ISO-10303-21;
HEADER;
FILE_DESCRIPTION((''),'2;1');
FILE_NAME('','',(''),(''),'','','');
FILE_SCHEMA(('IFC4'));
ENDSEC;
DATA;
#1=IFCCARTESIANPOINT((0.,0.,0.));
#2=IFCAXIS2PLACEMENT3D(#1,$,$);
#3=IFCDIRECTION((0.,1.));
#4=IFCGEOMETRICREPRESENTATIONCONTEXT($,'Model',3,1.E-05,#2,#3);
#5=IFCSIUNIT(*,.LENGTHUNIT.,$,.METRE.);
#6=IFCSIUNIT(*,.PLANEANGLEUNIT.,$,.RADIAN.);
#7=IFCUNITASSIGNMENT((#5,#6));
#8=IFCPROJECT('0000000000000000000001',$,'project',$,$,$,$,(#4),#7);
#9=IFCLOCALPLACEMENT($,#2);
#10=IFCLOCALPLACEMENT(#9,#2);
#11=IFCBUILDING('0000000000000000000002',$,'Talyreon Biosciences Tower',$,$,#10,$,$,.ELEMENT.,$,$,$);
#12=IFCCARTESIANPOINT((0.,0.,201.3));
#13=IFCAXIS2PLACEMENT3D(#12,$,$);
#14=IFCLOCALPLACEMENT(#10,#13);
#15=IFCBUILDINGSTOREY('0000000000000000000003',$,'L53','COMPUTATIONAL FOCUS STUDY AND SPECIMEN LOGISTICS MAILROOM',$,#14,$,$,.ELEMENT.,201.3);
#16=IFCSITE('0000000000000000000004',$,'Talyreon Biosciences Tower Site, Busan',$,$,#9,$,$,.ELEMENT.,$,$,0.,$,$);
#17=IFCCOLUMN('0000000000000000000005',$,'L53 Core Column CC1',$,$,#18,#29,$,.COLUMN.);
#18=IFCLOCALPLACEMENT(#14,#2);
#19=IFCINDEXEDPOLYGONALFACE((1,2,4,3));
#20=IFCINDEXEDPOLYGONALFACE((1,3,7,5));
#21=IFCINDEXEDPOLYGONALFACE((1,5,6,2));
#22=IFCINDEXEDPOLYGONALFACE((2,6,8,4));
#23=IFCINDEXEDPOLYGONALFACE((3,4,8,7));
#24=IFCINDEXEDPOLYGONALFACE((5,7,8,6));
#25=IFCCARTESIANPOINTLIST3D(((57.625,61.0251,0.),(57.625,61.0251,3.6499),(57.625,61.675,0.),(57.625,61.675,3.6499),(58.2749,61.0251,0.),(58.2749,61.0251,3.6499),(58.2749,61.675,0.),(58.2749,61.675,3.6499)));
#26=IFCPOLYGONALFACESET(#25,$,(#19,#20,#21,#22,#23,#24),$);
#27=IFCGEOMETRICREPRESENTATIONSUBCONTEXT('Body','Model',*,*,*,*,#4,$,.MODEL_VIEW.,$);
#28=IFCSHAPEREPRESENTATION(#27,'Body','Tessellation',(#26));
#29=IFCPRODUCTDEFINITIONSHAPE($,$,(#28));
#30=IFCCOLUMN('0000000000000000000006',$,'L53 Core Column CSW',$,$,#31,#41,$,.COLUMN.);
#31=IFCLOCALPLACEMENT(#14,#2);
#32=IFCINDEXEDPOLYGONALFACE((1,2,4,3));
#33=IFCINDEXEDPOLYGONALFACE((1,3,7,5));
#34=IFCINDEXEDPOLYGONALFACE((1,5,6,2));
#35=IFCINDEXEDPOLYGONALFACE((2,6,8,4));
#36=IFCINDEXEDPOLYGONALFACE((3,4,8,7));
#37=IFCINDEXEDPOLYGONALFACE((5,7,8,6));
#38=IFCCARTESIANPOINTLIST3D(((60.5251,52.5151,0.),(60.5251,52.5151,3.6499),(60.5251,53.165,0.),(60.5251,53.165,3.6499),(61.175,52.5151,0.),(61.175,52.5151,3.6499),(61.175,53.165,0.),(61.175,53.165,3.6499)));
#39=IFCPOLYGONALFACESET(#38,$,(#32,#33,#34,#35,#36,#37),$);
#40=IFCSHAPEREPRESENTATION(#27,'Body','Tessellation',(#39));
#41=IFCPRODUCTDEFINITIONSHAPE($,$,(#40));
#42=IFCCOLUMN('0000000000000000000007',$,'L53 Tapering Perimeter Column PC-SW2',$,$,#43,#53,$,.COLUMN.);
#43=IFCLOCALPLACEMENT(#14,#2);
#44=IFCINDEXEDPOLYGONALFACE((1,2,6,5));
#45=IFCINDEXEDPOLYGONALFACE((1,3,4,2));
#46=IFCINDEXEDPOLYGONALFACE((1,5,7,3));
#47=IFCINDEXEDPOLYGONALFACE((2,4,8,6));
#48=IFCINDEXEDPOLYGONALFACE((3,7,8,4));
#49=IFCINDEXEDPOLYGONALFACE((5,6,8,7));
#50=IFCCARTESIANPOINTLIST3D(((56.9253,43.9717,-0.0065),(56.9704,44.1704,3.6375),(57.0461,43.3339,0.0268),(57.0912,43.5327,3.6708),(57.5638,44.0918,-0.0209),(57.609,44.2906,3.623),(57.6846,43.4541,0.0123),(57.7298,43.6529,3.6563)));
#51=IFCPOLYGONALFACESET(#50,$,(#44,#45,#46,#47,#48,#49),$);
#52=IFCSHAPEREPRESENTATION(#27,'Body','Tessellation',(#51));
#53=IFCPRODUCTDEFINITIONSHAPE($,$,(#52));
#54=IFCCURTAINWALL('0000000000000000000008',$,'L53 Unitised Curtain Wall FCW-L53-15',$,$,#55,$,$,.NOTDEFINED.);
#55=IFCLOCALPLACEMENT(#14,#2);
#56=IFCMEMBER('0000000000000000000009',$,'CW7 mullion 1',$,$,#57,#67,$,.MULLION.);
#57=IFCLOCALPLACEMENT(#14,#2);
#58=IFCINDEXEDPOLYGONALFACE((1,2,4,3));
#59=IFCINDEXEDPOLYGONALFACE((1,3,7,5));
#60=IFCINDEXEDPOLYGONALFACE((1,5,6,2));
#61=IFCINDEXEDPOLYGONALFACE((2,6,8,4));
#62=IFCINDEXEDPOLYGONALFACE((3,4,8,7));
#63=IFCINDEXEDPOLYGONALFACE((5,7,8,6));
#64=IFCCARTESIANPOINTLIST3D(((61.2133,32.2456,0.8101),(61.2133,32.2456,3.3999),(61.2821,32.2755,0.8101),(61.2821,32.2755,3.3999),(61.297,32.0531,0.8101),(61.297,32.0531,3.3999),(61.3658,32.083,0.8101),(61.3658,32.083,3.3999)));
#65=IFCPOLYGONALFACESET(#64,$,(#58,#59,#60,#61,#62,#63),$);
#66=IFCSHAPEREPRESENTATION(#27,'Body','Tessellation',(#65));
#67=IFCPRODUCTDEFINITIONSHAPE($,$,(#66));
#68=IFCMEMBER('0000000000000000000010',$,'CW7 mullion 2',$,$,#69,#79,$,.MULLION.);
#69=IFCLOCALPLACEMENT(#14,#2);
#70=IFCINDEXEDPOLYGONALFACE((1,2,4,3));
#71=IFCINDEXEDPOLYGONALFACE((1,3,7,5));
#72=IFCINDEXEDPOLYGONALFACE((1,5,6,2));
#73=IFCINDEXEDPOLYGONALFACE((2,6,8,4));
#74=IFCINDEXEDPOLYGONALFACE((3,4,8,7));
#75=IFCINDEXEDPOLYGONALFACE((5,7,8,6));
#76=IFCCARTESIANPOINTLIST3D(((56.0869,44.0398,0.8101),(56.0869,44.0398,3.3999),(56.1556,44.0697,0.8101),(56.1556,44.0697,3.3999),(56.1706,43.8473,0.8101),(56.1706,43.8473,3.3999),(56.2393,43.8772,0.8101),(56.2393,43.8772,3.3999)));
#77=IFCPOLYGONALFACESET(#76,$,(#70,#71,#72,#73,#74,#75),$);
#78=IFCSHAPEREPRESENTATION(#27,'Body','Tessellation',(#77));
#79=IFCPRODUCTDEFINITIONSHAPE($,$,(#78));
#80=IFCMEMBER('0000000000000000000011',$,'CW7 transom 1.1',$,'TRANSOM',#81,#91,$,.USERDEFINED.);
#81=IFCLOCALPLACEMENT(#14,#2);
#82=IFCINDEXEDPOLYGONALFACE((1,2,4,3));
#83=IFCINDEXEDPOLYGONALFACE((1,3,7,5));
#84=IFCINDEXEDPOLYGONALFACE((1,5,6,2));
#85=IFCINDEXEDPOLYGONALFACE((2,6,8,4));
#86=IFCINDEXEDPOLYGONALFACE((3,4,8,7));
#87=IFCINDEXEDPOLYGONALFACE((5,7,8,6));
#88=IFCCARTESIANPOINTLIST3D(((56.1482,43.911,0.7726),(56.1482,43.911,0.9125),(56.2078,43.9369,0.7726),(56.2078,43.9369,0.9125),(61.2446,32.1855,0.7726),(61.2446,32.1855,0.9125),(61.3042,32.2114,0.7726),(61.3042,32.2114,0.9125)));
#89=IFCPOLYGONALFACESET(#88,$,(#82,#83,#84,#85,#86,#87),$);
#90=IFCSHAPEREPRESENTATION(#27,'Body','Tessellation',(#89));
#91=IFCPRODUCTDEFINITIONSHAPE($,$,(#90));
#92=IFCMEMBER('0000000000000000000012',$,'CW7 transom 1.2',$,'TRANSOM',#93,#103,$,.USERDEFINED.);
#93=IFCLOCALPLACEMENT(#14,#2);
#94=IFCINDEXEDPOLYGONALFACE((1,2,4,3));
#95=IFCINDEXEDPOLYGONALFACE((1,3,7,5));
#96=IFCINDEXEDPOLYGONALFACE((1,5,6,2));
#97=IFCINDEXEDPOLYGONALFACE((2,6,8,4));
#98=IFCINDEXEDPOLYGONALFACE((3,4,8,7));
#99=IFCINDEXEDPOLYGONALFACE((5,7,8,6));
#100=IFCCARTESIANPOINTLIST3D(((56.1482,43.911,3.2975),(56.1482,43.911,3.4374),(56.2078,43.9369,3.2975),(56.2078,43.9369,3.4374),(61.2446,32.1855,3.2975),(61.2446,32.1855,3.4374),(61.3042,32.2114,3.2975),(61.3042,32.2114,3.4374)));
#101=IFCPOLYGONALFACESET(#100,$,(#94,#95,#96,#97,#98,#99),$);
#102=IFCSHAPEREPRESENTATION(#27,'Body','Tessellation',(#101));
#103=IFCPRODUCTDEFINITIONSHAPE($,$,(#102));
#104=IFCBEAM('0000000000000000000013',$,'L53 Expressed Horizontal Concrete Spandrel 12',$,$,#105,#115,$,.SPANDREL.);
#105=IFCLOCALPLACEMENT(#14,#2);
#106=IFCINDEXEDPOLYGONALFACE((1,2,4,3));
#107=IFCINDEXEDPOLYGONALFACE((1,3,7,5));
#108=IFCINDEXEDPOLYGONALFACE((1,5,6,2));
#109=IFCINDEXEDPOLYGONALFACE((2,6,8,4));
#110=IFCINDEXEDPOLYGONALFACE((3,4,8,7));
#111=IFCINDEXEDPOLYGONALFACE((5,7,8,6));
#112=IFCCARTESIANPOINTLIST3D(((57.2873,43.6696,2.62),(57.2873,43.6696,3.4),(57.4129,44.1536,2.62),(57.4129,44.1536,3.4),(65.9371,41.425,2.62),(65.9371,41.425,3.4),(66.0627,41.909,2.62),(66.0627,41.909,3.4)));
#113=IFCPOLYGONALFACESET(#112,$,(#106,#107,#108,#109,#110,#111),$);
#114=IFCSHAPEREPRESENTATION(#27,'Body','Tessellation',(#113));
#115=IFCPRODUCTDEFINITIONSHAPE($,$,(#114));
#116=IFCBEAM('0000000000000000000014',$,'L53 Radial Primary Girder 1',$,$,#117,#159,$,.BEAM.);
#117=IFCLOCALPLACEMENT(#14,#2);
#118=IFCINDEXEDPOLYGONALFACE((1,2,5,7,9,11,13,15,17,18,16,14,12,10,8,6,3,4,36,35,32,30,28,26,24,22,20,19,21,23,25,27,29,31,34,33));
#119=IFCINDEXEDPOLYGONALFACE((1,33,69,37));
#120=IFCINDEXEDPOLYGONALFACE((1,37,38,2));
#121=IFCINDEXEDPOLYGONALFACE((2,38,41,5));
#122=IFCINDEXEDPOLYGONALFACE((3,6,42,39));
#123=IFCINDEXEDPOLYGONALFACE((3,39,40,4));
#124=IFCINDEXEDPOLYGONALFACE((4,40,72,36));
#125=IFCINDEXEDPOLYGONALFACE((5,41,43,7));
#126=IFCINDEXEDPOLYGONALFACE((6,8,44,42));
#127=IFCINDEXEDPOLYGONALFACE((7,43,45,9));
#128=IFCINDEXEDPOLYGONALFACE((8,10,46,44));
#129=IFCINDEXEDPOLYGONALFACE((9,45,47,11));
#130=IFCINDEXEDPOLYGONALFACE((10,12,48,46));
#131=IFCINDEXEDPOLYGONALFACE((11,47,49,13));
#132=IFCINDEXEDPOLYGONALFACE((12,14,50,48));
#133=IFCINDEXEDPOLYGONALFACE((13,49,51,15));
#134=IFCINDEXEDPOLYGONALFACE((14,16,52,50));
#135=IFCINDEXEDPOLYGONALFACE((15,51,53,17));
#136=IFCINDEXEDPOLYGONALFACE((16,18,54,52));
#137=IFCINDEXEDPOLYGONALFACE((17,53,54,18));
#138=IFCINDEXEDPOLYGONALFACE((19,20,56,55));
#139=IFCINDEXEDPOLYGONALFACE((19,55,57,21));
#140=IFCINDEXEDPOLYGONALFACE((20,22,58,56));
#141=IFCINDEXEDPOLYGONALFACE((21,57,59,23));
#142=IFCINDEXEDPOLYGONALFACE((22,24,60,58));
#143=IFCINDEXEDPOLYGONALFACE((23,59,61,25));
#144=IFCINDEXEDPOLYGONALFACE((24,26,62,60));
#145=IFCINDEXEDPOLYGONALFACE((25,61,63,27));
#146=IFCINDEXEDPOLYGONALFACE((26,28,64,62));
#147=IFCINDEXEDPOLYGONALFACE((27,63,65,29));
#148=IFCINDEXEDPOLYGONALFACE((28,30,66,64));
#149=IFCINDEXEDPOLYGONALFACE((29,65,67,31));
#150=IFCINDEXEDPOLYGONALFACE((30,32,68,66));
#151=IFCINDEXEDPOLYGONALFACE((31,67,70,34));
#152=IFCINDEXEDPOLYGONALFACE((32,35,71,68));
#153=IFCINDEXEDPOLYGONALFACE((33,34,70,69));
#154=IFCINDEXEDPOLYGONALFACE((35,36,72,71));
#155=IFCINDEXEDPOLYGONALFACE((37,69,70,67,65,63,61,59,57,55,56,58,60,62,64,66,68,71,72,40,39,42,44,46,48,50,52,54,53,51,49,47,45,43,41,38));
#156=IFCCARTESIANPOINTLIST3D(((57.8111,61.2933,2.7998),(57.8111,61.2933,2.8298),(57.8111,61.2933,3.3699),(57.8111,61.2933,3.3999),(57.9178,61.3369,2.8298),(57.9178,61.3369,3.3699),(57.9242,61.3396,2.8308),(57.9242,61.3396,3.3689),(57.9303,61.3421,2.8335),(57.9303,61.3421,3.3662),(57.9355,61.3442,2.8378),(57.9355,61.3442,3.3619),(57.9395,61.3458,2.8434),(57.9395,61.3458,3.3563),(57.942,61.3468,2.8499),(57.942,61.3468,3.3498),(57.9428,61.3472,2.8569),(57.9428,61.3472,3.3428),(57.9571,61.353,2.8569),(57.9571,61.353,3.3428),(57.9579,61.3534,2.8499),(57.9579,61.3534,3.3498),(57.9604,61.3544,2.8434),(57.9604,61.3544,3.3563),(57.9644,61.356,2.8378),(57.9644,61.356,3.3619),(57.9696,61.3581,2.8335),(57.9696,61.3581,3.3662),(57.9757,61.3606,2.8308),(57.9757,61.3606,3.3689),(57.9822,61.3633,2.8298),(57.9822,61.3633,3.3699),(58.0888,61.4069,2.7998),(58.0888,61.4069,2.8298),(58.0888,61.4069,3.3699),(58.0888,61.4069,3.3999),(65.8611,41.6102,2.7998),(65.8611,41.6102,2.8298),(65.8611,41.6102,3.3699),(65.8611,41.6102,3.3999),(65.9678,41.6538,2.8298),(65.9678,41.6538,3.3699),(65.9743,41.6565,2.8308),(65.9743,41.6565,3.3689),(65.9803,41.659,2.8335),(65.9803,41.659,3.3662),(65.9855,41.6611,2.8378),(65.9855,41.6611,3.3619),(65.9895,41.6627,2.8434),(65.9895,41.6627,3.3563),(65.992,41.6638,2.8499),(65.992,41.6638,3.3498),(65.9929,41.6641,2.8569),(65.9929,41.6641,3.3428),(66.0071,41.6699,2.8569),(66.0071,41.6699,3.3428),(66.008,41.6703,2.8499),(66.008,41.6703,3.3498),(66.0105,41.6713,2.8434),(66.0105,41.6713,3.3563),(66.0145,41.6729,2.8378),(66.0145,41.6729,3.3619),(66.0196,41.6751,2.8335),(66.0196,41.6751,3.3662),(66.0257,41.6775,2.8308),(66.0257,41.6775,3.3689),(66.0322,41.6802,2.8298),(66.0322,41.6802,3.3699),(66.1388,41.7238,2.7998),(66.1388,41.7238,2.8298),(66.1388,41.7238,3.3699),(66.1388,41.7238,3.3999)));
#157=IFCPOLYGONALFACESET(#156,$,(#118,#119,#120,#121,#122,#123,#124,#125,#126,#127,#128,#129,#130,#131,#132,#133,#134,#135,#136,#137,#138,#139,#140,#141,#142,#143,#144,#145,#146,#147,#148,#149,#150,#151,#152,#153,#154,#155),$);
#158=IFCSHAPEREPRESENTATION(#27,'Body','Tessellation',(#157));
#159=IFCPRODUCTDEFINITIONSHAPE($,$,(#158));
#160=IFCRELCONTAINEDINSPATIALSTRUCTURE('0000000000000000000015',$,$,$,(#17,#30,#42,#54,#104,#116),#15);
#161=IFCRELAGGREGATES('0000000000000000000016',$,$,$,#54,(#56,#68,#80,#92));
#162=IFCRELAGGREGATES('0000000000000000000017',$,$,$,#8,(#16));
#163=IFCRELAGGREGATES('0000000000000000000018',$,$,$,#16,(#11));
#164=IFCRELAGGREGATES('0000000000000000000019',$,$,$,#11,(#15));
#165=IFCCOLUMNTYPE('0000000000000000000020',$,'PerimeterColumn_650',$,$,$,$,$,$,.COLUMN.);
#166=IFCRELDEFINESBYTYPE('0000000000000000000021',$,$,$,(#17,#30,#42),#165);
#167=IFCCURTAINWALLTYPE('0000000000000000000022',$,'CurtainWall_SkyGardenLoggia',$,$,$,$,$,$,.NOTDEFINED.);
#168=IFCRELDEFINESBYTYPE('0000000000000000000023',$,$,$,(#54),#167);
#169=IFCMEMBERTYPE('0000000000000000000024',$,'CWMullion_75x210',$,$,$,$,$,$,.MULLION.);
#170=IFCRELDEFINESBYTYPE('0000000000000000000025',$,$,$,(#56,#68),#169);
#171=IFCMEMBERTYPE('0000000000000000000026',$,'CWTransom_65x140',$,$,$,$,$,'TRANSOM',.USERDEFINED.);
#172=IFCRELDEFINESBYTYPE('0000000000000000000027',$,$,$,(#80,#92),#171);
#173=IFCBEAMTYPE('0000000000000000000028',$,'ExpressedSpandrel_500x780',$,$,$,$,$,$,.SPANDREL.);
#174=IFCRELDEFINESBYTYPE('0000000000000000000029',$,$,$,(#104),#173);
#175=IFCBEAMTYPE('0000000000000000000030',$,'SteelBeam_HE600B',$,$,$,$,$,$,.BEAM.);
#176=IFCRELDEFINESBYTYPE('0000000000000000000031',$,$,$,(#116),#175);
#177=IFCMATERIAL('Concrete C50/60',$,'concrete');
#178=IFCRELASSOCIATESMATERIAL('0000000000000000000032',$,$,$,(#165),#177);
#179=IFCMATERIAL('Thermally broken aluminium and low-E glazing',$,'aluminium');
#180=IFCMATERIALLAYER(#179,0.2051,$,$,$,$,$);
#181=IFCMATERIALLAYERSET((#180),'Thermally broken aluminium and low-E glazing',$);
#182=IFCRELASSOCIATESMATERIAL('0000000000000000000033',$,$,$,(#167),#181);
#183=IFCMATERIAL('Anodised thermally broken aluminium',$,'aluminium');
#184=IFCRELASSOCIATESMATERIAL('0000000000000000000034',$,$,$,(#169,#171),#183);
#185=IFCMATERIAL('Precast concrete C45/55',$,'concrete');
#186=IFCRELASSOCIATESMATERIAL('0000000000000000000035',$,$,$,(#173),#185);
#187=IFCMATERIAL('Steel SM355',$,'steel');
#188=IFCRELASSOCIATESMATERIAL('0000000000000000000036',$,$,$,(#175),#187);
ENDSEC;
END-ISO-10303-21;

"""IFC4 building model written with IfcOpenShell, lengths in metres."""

from ifc_helpers import new_model, si_unit, direction, frame, origin, origin_2d, place, context, subcontext, project, spatial, rectangle, i_section, extrude, material, layer, layer_set, material_profile, profile_set, type_object, element, aggregate, save


model = new_model("IFC4")

# Units and contexts
model_context = context("Model", 3, precision=1e-05, world=origin(), true_north=direction((0.0, 1.0)))
body_context = subcontext(model_context, "Body", "Model", "MODEL_VIEW")
ifc_project = project(units=[si_unit("LENGTHUNIT", "METRE"), si_unit("PLANEANGLEUNIT", "RADIAN")], contexts=[model_context])

# Site, building, storey
site_placement = place(None, origin())
site = spatial("IfcSite", under=ifc_project, at=site_placement, Name="Talyreon Biosciences Tower Site, Busan", CompositionType="ELEMENT", RefElevation=0.0)
building_placement = place(site_placement, origin())
building = spatial("IfcBuilding", under=site, at=building_placement, Name="Talyreon Biosciences Tower", CompositionType="ELEMENT")
storey_placement = place(building_placement, frame((0.0, 0.0, 201.3)))
storey = spatial("IfcBuildingStorey", under=building, at=storey_placement, Name="L53", Description="COMPUTATIONAL FOCUS STUDY AND SPECIMEN LOGISTICS MAILROOM", CompositionType="ELEMENT", Elevation=201.3)

# Columns
ifc_material_1 = material(Name="Concrete C50/60", Category="concrete")
ifc_material_profile_1 = material_profile(ifc_material_1, rectangle(XDim=0.6499, YDim=0.6499, at=origin_2d()), Name="RC 650x650")
ifc_profile_set_1 = profile_set([ifc_material_profile_1], Name="Concrete C50/60")
column_type = type_object("IfcColumnType", Name="PerimeterColumn_650", PredefinedType="COLUMN", material=ifc_profile_set_1)
for number, where, z_axis, x_axis, name in (
    (1, (57.95, 61.3501, 0.0), (0.0, 0.0, 1.0), (1.0, 0.0, 0.0), "L53 Core Column CC1"),
    (2, (60.8501, 52.8401, 0.0), (0.0, 0.0, 1.0), (1.0, 0.0, 0.0), "L53 Core Column CSW"),
):
    element("IfcColumn", number, at=place(storey_placement, frame(where, z_axis=z_axis, x_axis=x_axis)), inside=storey, type_object=column_type, Name=name, PredefinedType="COLUMN", context=body_context, shape_type="SweptSolid", body=[
        extrude(rectangle(XDim=0.6499, YDim=0.6499, at=origin_2d()), origin(), (0.0, 0.0, 1.0), 3.6499),
    ])
column_placement = place(storey_placement, frame((57.3049, 43.7129, 0.0029), z_axis=(0.012375, 0.054451, 0.99844), x_axis=(-0.185859, 0.981241, -0.051209)))
element("IfcColumn", 3, at=column_placement, inside=storey, type_object=column_type, Name="L53 Tapering Perimeter Column PC-SW2", PredefinedType="COLUMN", context=body_context, shape_type="SweptSolid", body=[
    extrude(rectangle(XDim=0.6499, YDim=0.6499, at=origin_2d()), origin(), (0.0, 0.0, 1.0), 3.6497),
])

# Curtain wall, members
ifc_material_2 = material(Name="Thermally broken aluminium and low-E glazing", Category="aluminium")
ifc_layer_1 = layer(ifc_material_2, 0.2051)
ifc_layer_set_1 = layer_set([ifc_layer_1], Name="Thermally broken aluminium and low-E glazing")
curtain_wall_type = type_object("IfcCurtainWallType", Name="CurtainWall_SkyGardenLoggia", PredefinedType="NOTDEFINED", material=ifc_layer_set_1)
curtain_wall_placement = place(storey_placement, origin())
curtain_wall = element("IfcCurtainWall", 4, at=curtain_wall_placement, inside=storey, type_object=curtain_wall_type, Name="L53 Unitised Curtain Wall FCW-L53-15", PredefinedType="NOTDEFINED")
ifc_material_3 = material(Name="Anodised thermally broken aluminium", Category="aluminium")
ifc_material_profile_2 = material_profile(ifc_material_3, rectangle(XDim=0.075, YDim=0.21, at=origin_2d()), Name="ALUM MULLION 75x210")
ifc_profile_set_2 = profile_set([ifc_material_profile_2], Name="Anodised thermally broken aluminium")
member_type_1 = type_object("IfcMemberType", Name="CWMullion_75x210", PredefinedType="MULLION", material=ifc_profile_set_2)
member_1_placement = place(storey_placement, frame((61.2896, 32.1643, 0.8101), z_axis=(0.0, 0.0, 1.0), x_axis=(-0.917113, -0.398626, 0.0)))
member_1 = element("IfcMember", 5, at=member_1_placement, type_object=member_type_1, Name="CW7 mullion 1", PredefinedType="MULLION", context=body_context, shape_type="SweptSolid", body=[
    extrude(rectangle(XDim=0.075, YDim=0.21, at=origin_2d()), origin(), (0.0, 0.0, 1.0), 2.5898),
])
member_2_placement = place(storey_placement, frame((56.1631, 43.9585, 0.8101), z_axis=(0.0, 0.0, 1.0), x_axis=(-0.917113, -0.398626, 0.0)))
member_2 = element("IfcMember", 6, at=member_2_placement, type_object=member_type_1, Name="CW7 mullion 2", PredefinedType="MULLION", context=body_context, shape_type="SweptSolid", body=[
    extrude(rectangle(XDim=0.075, YDim=0.21, at=origin_2d()), origin(), (0.0, 0.0, 1.0), 2.5898),
])
ifc_material_profile_3 = material_profile(ifc_material_3, rectangle(XDim=0.0649, YDim=0.1399, at=origin_2d()), Name="ALUM TRANSOM 65x140")
ifc_profile_set_3 = profile_set([ifc_material_profile_3], Name="Anodised thermally broken aluminium")
member_type_2 = type_object("IfcMemberType", Name="CWTransom_65x140", ElementType="TRANSOM", PredefinedType="USERDEFINED", material=ifc_profile_set_3)
member_3_placement = place(storey_placement, frame((61.2744, 32.1985, 0.8425), z_axis=(-0.398618, 0.917117, 0.0), x_axis=(-0.917117, -0.398618, 0.0)))
member_3 = element("IfcMember", 7, at=member_3_placement, type_object=member_type_2, Name="CW7 transom 1.1", ObjectType="TRANSOM", PredefinedType="USERDEFINED", context=body_context, shape_type="SweptSolid", body=[
    extrude(rectangle(XDim=0.0649, YDim=0.1399, at=origin_2d()), origin(), (0.0, 0.0, 1.0), 12.7852),
])
member_4_placement = place(storey_placement, frame((61.2744, 32.1985, 3.3674), z_axis=(-0.398618, 0.917117, 0.0), x_axis=(-0.917117, -0.398618, 0.0)))
member_4 = element("IfcMember", 8, at=member_4_placement, type_object=member_type_2, Name="CW7 transom 1.2", ObjectType="TRANSOM", PredefinedType="USERDEFINED", context=body_context, shape_type="SweptSolid", body=[
    extrude(rectangle(XDim=0.0649, YDim=0.1399, at=origin_2d()), origin(), (0.0, 0.0, 1.0), 12.7852),
])

# Beams
ifc_material_4 = material(Name="Precast concrete C45/55", Category="concrete")
ifc_material_profile_4 = material_profile(ifc_material_4, rectangle(XDim=0.5, YDim=0.78, at=origin_2d()), Name="RCB 500x780")
ifc_profile_set_4 = profile_set([ifc_material_profile_4], Name="Precast concrete C45/55")
beam_type_1 = type_object("IfcBeamType", Name="ExpressedSpandrel_500x780", PredefinedType="SPANDREL", material=ifc_profile_set_4)
beam_1_placement = place(storey_placement, frame((57.3501, 43.9116, 3.01), z_axis=(0.967941, -0.251178, 0.0), x_axis=(0.251178, 0.967941, 0.0)))
element("IfcBeam", 9, at=beam_1_placement, inside=storey, type_object=beam_type_1, Name="L53 Expressed Horizontal Concrete Spandrel 12", PredefinedType="SPANDREL", context=body_context, shape_type="SweptSolid", body=[
    extrude(rectangle(XDim=0.5, YDim=0.78, at=origin_2d()), origin(), (0.0, 0.0, 1.0), 8.9363),
])
ifc_material_5 = material(Name="Steel SM355", Category="steel")
ifc_material_profile_5 = material_profile(ifc_material_5, i_section(OverallWidth=0.3, OverallDepth=0.6001, WebThickness=0.0154, FlangeThickness=0.03, FilletRadius=0.0271, at=origin_2d()), Name="HE600B")
ifc_profile_set_5 = profile_set([ifc_material_profile_5], Name="Steel SM355")
beam_type_2 = type_object("IfcBeamType", Name="SteelBeam_HE600B", PredefinedType="BEAM", material=ifc_profile_set_5)
beam_2_placement = place(storey_placement, frame((57.95, 61.3501, 3.0999), z_axis=(0.378547, -0.925582, 0.0), x_axis=(0.925582, 0.378547, 0.0)))
element("IfcBeam", 10, at=beam_2_placement, inside=storey, type_object=beam_type_2, Name="L53 Radial Primary Girder 1", PredefinedType="BEAM", context=body_context, shape_type="SweptSolid", body=[
    extrude(i_section(OverallWidth=0.3, OverallDepth=0.6001, WebThickness=0.0154, FlangeThickness=0.03, FilletRadius=0.0271, at=origin_2d()), origin(), (0.0, 0.0, 1.0), 21.2656),
])

aggregate(curtain_wall, [member_1, member_2, member_3, member_4])

save(model, "model.ifc")
